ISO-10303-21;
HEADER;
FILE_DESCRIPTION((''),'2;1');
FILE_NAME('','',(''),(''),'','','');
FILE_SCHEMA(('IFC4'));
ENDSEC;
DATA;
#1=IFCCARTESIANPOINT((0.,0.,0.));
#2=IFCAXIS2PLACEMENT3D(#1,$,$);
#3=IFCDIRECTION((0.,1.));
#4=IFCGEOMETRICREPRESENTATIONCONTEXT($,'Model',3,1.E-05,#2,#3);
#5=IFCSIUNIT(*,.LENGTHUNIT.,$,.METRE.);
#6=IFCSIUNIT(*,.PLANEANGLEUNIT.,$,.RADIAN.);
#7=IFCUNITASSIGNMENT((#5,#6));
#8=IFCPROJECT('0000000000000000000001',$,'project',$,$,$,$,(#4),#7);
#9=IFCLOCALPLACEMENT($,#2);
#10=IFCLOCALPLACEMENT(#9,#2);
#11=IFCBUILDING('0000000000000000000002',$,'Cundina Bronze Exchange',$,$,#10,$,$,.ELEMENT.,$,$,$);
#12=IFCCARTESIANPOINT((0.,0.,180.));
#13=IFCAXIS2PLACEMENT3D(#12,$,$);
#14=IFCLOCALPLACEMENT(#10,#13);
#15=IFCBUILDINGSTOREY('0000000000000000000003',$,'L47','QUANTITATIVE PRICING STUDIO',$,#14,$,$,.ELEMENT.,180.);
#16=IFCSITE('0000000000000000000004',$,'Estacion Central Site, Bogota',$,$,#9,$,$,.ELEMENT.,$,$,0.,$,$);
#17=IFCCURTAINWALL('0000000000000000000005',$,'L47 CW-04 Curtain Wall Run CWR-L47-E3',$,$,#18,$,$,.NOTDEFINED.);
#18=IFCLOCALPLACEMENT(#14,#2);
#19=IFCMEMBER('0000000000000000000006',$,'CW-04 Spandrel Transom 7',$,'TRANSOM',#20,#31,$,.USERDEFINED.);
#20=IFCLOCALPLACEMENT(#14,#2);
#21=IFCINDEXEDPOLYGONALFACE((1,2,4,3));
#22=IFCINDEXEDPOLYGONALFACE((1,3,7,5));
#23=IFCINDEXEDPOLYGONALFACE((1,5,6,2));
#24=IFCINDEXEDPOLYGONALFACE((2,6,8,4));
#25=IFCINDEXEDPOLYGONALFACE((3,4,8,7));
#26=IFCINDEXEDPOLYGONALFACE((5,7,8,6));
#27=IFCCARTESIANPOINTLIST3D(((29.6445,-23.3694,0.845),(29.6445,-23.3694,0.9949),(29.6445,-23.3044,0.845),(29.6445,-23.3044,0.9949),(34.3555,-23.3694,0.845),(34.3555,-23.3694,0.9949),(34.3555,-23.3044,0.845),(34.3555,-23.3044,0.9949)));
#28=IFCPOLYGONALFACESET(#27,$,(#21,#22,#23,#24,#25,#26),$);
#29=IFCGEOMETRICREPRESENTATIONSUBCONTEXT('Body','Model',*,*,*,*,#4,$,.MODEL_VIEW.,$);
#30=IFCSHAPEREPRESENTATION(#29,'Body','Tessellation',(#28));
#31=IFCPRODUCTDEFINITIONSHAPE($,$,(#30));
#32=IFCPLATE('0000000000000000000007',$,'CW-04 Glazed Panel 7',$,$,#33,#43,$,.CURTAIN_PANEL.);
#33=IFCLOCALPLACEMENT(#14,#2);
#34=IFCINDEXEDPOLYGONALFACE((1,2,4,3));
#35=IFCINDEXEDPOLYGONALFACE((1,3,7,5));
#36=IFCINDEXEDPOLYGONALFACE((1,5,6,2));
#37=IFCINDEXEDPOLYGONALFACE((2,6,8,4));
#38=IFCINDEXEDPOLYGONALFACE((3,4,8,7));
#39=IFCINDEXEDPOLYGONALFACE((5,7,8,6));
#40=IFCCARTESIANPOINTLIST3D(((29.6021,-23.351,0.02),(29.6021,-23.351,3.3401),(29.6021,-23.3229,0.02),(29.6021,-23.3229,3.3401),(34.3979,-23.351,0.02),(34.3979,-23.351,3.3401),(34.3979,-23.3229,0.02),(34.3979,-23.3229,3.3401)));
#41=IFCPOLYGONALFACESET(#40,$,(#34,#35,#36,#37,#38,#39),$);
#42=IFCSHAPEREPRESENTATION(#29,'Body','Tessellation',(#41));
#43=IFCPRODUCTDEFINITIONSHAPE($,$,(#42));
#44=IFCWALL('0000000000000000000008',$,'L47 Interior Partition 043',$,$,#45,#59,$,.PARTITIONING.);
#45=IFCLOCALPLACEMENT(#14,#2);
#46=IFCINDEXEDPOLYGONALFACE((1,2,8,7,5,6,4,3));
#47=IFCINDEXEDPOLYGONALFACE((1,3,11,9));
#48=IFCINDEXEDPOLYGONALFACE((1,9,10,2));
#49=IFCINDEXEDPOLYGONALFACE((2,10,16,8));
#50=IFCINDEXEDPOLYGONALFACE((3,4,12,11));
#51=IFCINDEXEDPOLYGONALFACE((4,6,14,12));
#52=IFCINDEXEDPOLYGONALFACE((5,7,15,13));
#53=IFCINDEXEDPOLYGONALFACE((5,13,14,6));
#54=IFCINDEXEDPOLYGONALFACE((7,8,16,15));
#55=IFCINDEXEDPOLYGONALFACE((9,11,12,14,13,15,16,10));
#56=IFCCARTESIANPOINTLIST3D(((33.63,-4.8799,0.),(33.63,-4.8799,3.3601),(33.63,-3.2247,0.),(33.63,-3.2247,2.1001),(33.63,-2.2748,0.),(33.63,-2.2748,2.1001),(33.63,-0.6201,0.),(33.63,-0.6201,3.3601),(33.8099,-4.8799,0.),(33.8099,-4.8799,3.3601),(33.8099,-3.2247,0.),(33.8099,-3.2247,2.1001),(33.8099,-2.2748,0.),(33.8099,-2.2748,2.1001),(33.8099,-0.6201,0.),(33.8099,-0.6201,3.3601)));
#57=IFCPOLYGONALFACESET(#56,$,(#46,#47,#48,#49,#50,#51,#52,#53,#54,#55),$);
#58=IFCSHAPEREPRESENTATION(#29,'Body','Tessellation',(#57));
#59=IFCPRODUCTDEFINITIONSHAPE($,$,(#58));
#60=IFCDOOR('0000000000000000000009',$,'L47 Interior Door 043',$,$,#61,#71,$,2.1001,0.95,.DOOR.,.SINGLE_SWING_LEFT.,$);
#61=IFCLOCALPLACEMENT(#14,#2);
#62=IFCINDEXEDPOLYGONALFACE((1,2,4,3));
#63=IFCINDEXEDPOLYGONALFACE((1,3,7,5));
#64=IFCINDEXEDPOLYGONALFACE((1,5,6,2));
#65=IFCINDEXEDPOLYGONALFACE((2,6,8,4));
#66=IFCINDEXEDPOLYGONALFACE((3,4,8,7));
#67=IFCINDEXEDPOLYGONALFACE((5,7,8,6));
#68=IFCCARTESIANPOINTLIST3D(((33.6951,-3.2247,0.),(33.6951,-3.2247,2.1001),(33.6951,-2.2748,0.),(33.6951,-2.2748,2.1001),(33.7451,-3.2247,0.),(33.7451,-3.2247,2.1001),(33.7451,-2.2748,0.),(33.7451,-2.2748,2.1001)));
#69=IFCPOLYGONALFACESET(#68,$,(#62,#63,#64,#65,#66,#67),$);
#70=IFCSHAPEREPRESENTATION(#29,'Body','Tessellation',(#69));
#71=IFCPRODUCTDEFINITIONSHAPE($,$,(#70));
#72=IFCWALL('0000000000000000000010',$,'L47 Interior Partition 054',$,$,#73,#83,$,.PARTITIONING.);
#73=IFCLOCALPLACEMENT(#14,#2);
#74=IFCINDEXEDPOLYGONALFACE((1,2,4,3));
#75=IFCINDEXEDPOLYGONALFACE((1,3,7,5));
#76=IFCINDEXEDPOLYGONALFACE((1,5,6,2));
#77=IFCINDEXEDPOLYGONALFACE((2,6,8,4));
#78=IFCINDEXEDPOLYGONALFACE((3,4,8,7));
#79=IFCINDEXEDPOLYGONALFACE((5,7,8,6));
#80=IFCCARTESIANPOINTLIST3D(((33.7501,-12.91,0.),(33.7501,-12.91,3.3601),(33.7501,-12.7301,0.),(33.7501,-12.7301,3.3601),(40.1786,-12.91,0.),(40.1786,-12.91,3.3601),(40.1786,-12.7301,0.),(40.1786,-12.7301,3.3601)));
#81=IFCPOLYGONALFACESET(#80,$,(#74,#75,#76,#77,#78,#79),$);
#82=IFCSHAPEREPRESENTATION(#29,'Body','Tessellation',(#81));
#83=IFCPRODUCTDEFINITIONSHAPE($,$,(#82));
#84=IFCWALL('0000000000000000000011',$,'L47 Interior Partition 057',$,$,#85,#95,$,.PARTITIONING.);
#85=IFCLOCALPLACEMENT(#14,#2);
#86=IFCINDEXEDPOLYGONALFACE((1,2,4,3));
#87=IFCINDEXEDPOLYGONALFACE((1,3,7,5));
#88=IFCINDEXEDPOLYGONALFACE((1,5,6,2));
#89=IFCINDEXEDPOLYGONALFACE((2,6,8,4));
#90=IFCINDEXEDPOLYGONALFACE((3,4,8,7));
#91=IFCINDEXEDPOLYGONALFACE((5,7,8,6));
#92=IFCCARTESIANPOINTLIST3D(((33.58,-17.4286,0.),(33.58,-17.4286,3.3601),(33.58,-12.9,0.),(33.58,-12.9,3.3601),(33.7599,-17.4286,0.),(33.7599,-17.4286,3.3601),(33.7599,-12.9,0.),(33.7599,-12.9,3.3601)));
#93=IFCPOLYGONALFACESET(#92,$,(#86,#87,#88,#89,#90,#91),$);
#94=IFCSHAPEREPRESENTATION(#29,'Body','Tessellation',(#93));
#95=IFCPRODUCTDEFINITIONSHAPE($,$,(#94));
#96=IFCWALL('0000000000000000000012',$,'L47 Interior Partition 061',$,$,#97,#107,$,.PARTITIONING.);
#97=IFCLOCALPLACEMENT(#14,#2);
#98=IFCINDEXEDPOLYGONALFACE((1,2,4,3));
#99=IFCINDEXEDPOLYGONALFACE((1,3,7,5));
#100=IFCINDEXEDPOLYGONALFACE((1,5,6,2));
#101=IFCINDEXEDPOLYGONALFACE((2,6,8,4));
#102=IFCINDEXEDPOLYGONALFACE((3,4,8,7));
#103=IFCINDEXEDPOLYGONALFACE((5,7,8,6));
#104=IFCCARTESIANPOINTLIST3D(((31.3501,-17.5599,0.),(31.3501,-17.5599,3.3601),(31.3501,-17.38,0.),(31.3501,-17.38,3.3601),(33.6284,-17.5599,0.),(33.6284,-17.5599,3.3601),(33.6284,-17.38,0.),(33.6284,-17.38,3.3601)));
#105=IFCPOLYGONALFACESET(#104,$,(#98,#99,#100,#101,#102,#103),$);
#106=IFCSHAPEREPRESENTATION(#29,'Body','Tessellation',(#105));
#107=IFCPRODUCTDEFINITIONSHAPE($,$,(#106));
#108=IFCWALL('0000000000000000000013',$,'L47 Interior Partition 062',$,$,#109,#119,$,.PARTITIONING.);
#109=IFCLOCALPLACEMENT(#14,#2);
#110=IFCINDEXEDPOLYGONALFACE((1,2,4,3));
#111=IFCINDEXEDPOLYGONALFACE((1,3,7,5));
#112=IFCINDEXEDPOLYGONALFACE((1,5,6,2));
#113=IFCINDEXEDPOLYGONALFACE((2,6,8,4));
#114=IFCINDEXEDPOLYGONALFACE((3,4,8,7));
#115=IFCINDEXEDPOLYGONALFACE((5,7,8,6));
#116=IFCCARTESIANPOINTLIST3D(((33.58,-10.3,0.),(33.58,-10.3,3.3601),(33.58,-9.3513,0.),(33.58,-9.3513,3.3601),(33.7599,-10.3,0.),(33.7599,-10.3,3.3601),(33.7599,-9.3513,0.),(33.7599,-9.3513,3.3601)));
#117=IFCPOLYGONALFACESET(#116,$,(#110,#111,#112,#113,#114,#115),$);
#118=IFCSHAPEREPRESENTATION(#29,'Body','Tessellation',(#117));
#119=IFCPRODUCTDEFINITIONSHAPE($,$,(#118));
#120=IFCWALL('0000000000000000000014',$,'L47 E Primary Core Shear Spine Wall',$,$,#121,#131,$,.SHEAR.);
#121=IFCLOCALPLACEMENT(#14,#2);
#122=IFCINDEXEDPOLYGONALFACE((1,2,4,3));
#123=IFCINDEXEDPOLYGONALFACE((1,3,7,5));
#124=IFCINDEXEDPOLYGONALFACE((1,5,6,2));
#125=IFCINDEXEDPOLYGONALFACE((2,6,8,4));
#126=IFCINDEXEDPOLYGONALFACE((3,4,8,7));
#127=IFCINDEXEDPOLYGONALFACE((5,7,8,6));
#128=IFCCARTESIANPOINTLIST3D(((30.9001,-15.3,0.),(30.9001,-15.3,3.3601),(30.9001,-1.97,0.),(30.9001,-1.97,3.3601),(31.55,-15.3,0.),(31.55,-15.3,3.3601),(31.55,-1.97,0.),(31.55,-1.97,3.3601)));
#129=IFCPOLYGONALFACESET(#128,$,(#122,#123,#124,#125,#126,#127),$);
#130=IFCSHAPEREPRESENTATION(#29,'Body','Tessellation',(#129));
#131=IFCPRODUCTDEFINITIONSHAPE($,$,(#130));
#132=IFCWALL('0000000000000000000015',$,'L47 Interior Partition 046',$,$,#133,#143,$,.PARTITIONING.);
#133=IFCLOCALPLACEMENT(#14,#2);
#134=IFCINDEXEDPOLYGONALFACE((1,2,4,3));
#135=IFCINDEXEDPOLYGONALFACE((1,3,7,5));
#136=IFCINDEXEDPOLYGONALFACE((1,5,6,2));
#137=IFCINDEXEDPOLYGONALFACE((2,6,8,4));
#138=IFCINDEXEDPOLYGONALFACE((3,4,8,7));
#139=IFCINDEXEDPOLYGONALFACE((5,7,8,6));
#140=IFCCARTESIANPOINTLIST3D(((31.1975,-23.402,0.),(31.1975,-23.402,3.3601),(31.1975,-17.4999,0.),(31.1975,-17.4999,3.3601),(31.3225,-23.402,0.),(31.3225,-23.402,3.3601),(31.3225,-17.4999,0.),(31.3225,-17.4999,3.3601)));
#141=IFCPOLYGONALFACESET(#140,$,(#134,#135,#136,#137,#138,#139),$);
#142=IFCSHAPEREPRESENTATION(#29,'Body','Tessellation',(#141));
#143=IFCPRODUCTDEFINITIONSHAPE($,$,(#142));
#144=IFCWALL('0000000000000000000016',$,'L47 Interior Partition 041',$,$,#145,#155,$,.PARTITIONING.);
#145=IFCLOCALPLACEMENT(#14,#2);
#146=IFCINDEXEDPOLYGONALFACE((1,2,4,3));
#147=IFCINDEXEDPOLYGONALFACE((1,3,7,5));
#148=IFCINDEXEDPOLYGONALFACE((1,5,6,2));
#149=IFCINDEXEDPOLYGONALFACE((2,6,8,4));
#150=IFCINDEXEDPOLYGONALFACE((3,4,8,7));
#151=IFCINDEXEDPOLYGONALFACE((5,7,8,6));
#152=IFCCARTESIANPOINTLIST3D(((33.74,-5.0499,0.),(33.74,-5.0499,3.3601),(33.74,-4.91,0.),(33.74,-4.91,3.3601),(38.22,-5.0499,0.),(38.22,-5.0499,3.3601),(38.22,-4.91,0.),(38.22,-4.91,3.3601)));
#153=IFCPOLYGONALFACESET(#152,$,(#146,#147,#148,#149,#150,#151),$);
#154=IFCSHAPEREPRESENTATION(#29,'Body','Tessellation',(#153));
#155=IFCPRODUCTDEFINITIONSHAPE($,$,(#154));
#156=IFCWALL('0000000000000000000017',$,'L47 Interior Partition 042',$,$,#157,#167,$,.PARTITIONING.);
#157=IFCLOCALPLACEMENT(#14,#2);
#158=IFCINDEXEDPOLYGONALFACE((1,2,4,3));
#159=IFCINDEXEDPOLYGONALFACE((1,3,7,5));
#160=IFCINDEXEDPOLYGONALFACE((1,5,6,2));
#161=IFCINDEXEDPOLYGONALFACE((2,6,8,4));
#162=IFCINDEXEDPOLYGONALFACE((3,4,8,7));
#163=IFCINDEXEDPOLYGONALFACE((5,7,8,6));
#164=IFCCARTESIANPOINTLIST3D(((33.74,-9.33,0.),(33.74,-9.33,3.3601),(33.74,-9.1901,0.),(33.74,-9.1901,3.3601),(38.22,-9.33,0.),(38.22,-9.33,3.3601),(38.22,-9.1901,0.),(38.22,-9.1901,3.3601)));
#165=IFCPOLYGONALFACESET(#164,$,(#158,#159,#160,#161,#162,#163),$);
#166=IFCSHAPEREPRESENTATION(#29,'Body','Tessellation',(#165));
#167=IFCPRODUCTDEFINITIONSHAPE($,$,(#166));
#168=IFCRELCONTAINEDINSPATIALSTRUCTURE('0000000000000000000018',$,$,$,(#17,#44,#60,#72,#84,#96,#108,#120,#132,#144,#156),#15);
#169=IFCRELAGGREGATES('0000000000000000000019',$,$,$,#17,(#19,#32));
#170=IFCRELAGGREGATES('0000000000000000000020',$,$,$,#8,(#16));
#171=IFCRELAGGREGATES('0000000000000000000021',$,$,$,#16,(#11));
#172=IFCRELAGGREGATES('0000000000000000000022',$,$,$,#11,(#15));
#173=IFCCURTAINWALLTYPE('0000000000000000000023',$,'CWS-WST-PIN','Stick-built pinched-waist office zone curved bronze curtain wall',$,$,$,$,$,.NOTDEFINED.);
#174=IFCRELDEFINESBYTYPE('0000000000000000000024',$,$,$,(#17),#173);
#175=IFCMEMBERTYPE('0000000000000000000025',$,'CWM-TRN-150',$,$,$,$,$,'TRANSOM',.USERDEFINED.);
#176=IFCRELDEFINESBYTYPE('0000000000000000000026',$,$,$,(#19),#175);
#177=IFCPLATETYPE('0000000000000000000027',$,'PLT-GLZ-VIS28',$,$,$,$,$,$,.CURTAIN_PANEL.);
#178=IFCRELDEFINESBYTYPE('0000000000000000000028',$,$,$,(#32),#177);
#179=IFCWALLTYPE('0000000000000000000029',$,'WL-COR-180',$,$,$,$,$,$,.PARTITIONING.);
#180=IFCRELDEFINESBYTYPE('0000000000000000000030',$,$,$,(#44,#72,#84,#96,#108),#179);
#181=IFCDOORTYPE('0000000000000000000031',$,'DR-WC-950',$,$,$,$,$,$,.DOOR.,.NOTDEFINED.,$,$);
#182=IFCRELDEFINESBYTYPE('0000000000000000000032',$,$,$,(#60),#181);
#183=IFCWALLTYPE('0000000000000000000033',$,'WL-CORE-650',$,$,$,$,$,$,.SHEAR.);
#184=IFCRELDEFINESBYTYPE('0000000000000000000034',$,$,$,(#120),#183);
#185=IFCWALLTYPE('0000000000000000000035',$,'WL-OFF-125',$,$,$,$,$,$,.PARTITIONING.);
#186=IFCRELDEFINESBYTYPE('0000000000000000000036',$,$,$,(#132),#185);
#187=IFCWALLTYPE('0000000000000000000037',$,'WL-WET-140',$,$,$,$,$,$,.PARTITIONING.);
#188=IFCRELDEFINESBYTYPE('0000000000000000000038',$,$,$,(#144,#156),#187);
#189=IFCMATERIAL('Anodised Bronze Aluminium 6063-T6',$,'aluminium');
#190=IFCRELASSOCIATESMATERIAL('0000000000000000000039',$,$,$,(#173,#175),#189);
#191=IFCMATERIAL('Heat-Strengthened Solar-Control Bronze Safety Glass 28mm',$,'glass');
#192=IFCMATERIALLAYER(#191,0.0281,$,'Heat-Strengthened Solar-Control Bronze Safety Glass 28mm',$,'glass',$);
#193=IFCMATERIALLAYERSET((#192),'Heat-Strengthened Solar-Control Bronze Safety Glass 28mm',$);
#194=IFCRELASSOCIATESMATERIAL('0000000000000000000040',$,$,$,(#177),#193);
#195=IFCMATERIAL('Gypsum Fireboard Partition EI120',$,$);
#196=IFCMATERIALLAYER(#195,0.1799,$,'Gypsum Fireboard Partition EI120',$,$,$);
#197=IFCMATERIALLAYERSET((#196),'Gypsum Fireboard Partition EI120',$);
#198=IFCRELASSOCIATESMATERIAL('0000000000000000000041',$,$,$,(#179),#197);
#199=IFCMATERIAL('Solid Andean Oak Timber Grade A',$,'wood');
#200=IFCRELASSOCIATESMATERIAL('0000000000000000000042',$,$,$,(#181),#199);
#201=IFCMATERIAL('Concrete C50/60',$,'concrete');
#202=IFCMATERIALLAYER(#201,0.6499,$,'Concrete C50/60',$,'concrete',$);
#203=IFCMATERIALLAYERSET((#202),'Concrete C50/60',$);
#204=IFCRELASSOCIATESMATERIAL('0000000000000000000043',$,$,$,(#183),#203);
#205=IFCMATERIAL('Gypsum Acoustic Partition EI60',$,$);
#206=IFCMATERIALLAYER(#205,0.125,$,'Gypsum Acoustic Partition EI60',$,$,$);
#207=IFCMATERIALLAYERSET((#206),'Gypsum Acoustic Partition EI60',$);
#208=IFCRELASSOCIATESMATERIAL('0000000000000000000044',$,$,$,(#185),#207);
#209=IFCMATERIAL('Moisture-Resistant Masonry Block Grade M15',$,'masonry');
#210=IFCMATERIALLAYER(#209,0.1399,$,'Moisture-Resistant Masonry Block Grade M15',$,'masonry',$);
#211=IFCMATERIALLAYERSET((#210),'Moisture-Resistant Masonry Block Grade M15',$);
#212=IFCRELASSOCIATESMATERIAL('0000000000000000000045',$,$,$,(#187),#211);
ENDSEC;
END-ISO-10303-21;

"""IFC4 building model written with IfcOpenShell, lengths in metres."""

from ifc_helpers import new_model, si_unit, direction, frame, frame_2d, origin, origin_2d, place, context, subcontext, project, spatial, rectangle, extrude, material, layer, layer_set, material_profile, profile_set, type_object, element, fill, aggregate, save


model = new_model("IFC4")

# Units and contexts
model_context = context("Model", 3, precision=1e-05, world=origin(), true_north=direction((0.0, 1.0)))
body_context = subcontext(model_context, "Body", "Model", "MODEL_VIEW")
ifc_project = project(units=[si_unit("LENGTHUNIT", "METRE"), si_unit("PLANEANGLEUNIT", "RADIAN")], contexts=[model_context])

# Site, building, storey
site_placement = place(None, origin())
site = spatial("IfcSite", under=ifc_project, at=site_placement, Name="Estacion Central Site, Bogota", CompositionType="ELEMENT", RefElevation=0.0)
building_placement = place(site_placement, origin())
building = spatial("IfcBuilding", under=site, at=building_placement, Name="Cundina Bronze Exchange", CompositionType="ELEMENT")
storey_placement = place(building_placement, frame((0.0, 0.0, 180.0)))
storey = spatial("IfcBuildingStorey", under=building, at=storey_placement, Name="L47", Description="QUANTITATIVE PRICING STUDIO", CompositionType="ELEMENT", Elevation=180.0)

# Shared definitions
ifc_material_1 = material(Name="Concrete C50/60", Category="concrete")

# Curtain wall
ifc_material_2 = material(Name="Anodised Bronze Aluminium 6063-T6", Category="aluminium")
curtain_wall_type = type_object("IfcCurtainWallType", Name="CWS-WST-PIN", Description="Stick-built pinched-waist office zone curved bronze curtain wall", PredefinedType="NOTDEFINED", material=ifc_material_2)
curtain_wall_1_placement = place(storey_placement, origin())
curtain_wall_1 = element("IfcCurtainWall", 1, at=curtain_wall_1_placement, inside=storey, type_object=curtain_wall_type, Name="L47 CW-04 Curtain Wall Run CWR-L47-E3", PredefinedType="NOTDEFINED")

# Member
ifc_material_profile_1 = material_profile(ifc_material_2, rectangle(XDim=0.0649, YDim=0.1499, at=origin_2d()), Name="AL65X150", Category="aluminium")
ifc_profile_set_1 = profile_set([ifc_material_profile_1], Name="Anodised Bronze Aluminium 6063-T6")
member_type_1 = type_object("IfcMemberType", Name="CWM-TRN-150", ElementType="TRANSOM", PredefinedType="USERDEFINED", material=ifc_profile_set_1)
member_1_placement = place(storey_placement, frame((29.6445, -23.3369, 0.9199), z_axis=(1.0, 0.0, 0.0), x_axis=(0.0, 1.0, 0.0)))
member_1 = element("IfcMember", 2, at=member_1_placement, type_object=member_type_1, Name="CW-04 Spandrel Transom 7", ObjectType="TRANSOM", PredefinedType="USERDEFINED", context=body_context, shape_type="SweptSolid", body=[
    extrude(rectangle(XDim=0.0649, YDim=0.1499, at=origin_2d()), origin(), (0.0, 0.0, 1.0), 4.7109),
])

# Plate
ifc_material_3 = material(Name="Heat-Strengthened Solar-Control Bronze Safety Glass 28mm", Category="glass")
ifc_layer_1 = layer(ifc_material_3, 0.0281, Name="Heat-Strengthened Solar-Control Bronze Safety Glass 28mm", Category="glass")
ifc_layer_set_1 = layer_set([ifc_layer_1], Name="Heat-Strengthened Solar-Control Bronze Safety Glass 28mm")
plate_type = type_object("IfcPlateType", Name="PLT-GLZ-VIS28", PredefinedType="CURTAIN_PANEL", material=ifc_layer_set_1)
plate_placement = place(storey_placement, frame((32.0, -23.3369, 0.02), z_axis=(0.0, 0.0, 1.0), x_axis=(1.0, 0.0, 0.0)))
plate = element("IfcPlate", 3, at=plate_placement, type_object=plate_type, Name="CW-04 Glazed Panel 7", PredefinedType="CURTAIN_PANEL", context=body_context, shape_type="SweptSolid", body=[
    extrude(rectangle(XDim=4.7959, YDim=0.0281, at=origin_2d()), origin(), (0.0, 0.0, 1.0), 3.3201),
])
aggregate(curtain_wall_1, [member_1, plate])

# Wall, opening, door
ifc_material_4 = material(Name="Gypsum Fireboard Partition EI120")
ifc_layer_2 = layer(ifc_material_4, 0.1799, Name="Gypsum Fireboard Partition EI120")
ifc_layer_set_2 = layer_set([ifc_layer_2], Name="Gypsum Fireboard Partition EI120")
wall_type_1 = type_object("IfcWallType", Name="WL-COR-180", PredefinedType="PARTITIONING", material=ifc_layer_set_2)
wall_1_placement = place(storey_placement, frame((33.72, -4.8799, 0.0), z_axis=(0.0, 0.0, 1.0), x_axis=(0.0, 1.0, 0.0)))
wall_1 = element("IfcWall", 4, at=wall_1_placement, inside=storey, type_object=wall_type_1, Name="L47 Interior Partition 043", PredefinedType="PARTITIONING", context=body_context, shape_type="SweptSolid", body=[
    extrude(rectangle(XDim=4.2598, YDim=0.1799, at=frame_2d((2.1299, 0.0))), origin(), (0.0, 0.0, 1.0), 3.3601),
])
opening_1_placement = place(wall_1_placement, frame((1.655, 0.0, 0.0)))
opening_1 = element("IfcOpeningElement", 5, at=opening_1_placement, cuts=wall_1, PredefinedType="OPENING", context=body_context, shape_type="SweptSolid", body=[
    extrude(rectangle(XDim=0.95, YDim=2.1001, at=frame_2d((0.4751, 1.05))), frame((0.0, 0.0999, 0.0), z_axis=(0.0, -1.0, 0.0), x_axis=(1.0, 0.0, 0.0)), (0.0, 0.0, 1.0), 0.2),
])
ifc_material_5 = material(Name="Solid Andean Oak Timber Grade A", Category="wood")
door_type_1 = type_object("IfcDoorType", Name="DR-WC-950", OperationType="NOTDEFINED", PredefinedType="DOOR", material=ifc_material_5)
door_1_placement = place(opening_1_placement, origin())
door_1 = element("IfcDoor", 6, at=door_1_placement, inside=storey, type_object=door_type_1, Name="L47 Interior Door 043", OperationType="SINGLE_SWING_LEFT", OverallHeight=2.1001, OverallWidth=0.95, PredefinedType="DOOR", context=body_context, shape_type="SweptSolid", body=[
    extrude(rectangle(XDim=0.95, YDim=2.1001, at=frame_2d((0.4751, 1.05))), frame((0.0, 0.0249, 0.0), z_axis=(0.0, -1.0, 0.0), x_axis=(1.0, 0.0, 0.0)), (0.0, 0.0, 1.0), 0.05),
])
fill(opening_1, door_1)

# Walls
wall_2_placement = place(storey_placement, frame((33.75, -12.8201, 0.0), z_axis=(0.0, 0.0, 1.0), x_axis=(1.0, 0.0, 0.0)))
element("IfcWall", 7, at=wall_2_placement, inside=storey, type_object=wall_type_1, Name="L47 Interior Partition 054", PredefinedType="PARTITIONING", context=body_context, shape_type="SweptSolid", body=[
    extrude(rectangle(XDim=6.4285, YDim=0.1799, at=frame_2d((3.2144, 0.0))), origin(), (0.0, 0.0, 1.0), 3.3601),
])
wall_3_placement = place(storey_placement, frame((33.6699, -17.4285, 0.0), z_axis=(0.0, 0.0, 1.0), x_axis=(0.0, 1.0, 0.0)))
element("IfcWall", 8, at=wall_3_placement, inside=storey, type_object=wall_type_1, Name="L47 Interior Partition 057", PredefinedType="PARTITIONING", context=body_context, shape_type="SweptSolid", body=[
    extrude(rectangle(XDim=4.5286, YDim=0.1799, at=frame_2d((2.2642, 0.0))), origin(), (0.0, 0.0, 1.0), 3.3601),
])
wall_4_placement = place(storey_placement, frame((31.3501, -17.47, 0.0), z_axis=(0.0, 0.0, 1.0), x_axis=(1.0, 0.0, 0.0)))
element("IfcWall", 9, at=wall_4_placement, inside=storey, type_object=wall_type_1, Name="L47 Interior Partition 061", PredefinedType="PARTITIONING", context=body_context, shape_type="SweptSolid", body=[
    extrude(rectangle(XDim=2.2783, YDim=0.1799, at=frame_2d((1.1392, 0.0))), origin(), (0.0, 0.0, 1.0), 3.3601),
])
wall_5_placement = place(storey_placement, frame((33.6699, -10.3, 0.0), z_axis=(0.0, 0.0, 1.0), x_axis=(0.0, 1.0, 0.0)))
element("IfcWall", 10, at=wall_5_placement, inside=storey, type_object=wall_type_1, Name="L47 Interior Partition 062", PredefinedType="PARTITIONING", context=body_context, shape_type="SweptSolid", body=[
    extrude(rectangle(XDim=0.9487, YDim=0.1799, at=frame_2d((0.4744, 0.0))), origin(), (0.0, 0.0, 1.0), 3.3601),
])
ifc_layer_3 = layer(ifc_material_1, 0.6499, Name="Concrete C50/60", Category="concrete")
ifc_layer_set_3 = layer_set([ifc_layer_3], Name="Concrete C50/60")
wall_type_2 = type_object("IfcWallType", Name="WL-CORE-650", PredefinedType="SHEAR", material=ifc_layer_set_3)
wall_6_placement = place(storey_placement, frame((31.2251, -15.3, 0.0), z_axis=(0.0, 0.0, 1.0), x_axis=(0.0, 1.0, 0.0)))
element("IfcWall", 11, at=wall_6_placement, inside=storey, type_object=wall_type_2, Name="L47 E Primary Core Shear Spine Wall", PredefinedType="SHEAR", context=body_context, shape_type="SweptSolid", body=[
    extrude(rectangle(XDim=13.3301, YDim=0.6499, at=frame_2d((6.665, 0.0))), origin(), (0.0, 0.0, 1.0), 3.3601),
])
ifc_material_6 = material(Name="Gypsum Acoustic Partition EI60")
ifc_layer_4 = layer(ifc_material_6, 0.125, Name="Gypsum Acoustic Partition EI60")
ifc_layer_set_4 = layer_set([ifc_layer_4], Name="Gypsum Acoustic Partition EI60")
wall_type_3 = type_object("IfcWallType", Name="WL-OFF-125", PredefinedType="PARTITIONING", material=ifc_layer_set_4)
wall_7_placement = place(storey_placement, frame((31.26, -23.4021, 0.0), z_axis=(0.0, 0.0, 1.0), x_axis=(0.0, 1.0, 0.0)))
element("IfcWall", 12, at=wall_7_placement, inside=storey, type_object=wall_type_3, Name="L47 Interior Partition 046", PredefinedType="PARTITIONING", context=body_context, shape_type="SweptSolid", body=[
    extrude(rectangle(XDim=5.9021, YDim=0.125, at=frame_2d((2.9512, 0.0))), origin(), (0.0, 0.0, 1.0), 3.3601),
])
ifc_material_7 = material(Name="Moisture-Resistant Masonry Block Grade M15", Category="masonry")
ifc_layer_5 = layer(ifc_material_7, 0.1399, Name="Moisture-Resistant Masonry Block Grade M15", Category="masonry")
ifc_layer_set_5 = layer_set([ifc_layer_5], Name="Moisture-Resistant Masonry Block Grade M15")
wall_type_4 = type_object("IfcWallType", Name="WL-WET-140", PredefinedType="PARTITIONING", material=ifc_layer_set_5)
for number, where, z_axis, x_axis, name in (
    (13, (33.74, -4.98, 0.0), (0.0, 0.0, 1.0), (1.0, 0.0, 0.0), "L47 Interior Partition 041"),
    (14, (33.74, -9.26, 0.0), (0.0, 0.0, 1.0), (1.0, 0.0, 0.0), "L47 Interior Partition 042"),
):
    element("IfcWall", number, at=place(storey_placement, frame(where, z_axis=z_axis, x_axis=x_axis)), inside=storey, type_object=wall_type_4, Name=name, PredefinedType="PARTITIONING", context=body_context, shape_type="SweptSolid", body=[
        extrude(rectangle(XDim=4.48, YDim=0.1399, at=frame_2d((2.24, 0.0))), origin(), (0.0, 0.0, 1.0), 3.3601),
    ])

save(model, "model.ifc")
